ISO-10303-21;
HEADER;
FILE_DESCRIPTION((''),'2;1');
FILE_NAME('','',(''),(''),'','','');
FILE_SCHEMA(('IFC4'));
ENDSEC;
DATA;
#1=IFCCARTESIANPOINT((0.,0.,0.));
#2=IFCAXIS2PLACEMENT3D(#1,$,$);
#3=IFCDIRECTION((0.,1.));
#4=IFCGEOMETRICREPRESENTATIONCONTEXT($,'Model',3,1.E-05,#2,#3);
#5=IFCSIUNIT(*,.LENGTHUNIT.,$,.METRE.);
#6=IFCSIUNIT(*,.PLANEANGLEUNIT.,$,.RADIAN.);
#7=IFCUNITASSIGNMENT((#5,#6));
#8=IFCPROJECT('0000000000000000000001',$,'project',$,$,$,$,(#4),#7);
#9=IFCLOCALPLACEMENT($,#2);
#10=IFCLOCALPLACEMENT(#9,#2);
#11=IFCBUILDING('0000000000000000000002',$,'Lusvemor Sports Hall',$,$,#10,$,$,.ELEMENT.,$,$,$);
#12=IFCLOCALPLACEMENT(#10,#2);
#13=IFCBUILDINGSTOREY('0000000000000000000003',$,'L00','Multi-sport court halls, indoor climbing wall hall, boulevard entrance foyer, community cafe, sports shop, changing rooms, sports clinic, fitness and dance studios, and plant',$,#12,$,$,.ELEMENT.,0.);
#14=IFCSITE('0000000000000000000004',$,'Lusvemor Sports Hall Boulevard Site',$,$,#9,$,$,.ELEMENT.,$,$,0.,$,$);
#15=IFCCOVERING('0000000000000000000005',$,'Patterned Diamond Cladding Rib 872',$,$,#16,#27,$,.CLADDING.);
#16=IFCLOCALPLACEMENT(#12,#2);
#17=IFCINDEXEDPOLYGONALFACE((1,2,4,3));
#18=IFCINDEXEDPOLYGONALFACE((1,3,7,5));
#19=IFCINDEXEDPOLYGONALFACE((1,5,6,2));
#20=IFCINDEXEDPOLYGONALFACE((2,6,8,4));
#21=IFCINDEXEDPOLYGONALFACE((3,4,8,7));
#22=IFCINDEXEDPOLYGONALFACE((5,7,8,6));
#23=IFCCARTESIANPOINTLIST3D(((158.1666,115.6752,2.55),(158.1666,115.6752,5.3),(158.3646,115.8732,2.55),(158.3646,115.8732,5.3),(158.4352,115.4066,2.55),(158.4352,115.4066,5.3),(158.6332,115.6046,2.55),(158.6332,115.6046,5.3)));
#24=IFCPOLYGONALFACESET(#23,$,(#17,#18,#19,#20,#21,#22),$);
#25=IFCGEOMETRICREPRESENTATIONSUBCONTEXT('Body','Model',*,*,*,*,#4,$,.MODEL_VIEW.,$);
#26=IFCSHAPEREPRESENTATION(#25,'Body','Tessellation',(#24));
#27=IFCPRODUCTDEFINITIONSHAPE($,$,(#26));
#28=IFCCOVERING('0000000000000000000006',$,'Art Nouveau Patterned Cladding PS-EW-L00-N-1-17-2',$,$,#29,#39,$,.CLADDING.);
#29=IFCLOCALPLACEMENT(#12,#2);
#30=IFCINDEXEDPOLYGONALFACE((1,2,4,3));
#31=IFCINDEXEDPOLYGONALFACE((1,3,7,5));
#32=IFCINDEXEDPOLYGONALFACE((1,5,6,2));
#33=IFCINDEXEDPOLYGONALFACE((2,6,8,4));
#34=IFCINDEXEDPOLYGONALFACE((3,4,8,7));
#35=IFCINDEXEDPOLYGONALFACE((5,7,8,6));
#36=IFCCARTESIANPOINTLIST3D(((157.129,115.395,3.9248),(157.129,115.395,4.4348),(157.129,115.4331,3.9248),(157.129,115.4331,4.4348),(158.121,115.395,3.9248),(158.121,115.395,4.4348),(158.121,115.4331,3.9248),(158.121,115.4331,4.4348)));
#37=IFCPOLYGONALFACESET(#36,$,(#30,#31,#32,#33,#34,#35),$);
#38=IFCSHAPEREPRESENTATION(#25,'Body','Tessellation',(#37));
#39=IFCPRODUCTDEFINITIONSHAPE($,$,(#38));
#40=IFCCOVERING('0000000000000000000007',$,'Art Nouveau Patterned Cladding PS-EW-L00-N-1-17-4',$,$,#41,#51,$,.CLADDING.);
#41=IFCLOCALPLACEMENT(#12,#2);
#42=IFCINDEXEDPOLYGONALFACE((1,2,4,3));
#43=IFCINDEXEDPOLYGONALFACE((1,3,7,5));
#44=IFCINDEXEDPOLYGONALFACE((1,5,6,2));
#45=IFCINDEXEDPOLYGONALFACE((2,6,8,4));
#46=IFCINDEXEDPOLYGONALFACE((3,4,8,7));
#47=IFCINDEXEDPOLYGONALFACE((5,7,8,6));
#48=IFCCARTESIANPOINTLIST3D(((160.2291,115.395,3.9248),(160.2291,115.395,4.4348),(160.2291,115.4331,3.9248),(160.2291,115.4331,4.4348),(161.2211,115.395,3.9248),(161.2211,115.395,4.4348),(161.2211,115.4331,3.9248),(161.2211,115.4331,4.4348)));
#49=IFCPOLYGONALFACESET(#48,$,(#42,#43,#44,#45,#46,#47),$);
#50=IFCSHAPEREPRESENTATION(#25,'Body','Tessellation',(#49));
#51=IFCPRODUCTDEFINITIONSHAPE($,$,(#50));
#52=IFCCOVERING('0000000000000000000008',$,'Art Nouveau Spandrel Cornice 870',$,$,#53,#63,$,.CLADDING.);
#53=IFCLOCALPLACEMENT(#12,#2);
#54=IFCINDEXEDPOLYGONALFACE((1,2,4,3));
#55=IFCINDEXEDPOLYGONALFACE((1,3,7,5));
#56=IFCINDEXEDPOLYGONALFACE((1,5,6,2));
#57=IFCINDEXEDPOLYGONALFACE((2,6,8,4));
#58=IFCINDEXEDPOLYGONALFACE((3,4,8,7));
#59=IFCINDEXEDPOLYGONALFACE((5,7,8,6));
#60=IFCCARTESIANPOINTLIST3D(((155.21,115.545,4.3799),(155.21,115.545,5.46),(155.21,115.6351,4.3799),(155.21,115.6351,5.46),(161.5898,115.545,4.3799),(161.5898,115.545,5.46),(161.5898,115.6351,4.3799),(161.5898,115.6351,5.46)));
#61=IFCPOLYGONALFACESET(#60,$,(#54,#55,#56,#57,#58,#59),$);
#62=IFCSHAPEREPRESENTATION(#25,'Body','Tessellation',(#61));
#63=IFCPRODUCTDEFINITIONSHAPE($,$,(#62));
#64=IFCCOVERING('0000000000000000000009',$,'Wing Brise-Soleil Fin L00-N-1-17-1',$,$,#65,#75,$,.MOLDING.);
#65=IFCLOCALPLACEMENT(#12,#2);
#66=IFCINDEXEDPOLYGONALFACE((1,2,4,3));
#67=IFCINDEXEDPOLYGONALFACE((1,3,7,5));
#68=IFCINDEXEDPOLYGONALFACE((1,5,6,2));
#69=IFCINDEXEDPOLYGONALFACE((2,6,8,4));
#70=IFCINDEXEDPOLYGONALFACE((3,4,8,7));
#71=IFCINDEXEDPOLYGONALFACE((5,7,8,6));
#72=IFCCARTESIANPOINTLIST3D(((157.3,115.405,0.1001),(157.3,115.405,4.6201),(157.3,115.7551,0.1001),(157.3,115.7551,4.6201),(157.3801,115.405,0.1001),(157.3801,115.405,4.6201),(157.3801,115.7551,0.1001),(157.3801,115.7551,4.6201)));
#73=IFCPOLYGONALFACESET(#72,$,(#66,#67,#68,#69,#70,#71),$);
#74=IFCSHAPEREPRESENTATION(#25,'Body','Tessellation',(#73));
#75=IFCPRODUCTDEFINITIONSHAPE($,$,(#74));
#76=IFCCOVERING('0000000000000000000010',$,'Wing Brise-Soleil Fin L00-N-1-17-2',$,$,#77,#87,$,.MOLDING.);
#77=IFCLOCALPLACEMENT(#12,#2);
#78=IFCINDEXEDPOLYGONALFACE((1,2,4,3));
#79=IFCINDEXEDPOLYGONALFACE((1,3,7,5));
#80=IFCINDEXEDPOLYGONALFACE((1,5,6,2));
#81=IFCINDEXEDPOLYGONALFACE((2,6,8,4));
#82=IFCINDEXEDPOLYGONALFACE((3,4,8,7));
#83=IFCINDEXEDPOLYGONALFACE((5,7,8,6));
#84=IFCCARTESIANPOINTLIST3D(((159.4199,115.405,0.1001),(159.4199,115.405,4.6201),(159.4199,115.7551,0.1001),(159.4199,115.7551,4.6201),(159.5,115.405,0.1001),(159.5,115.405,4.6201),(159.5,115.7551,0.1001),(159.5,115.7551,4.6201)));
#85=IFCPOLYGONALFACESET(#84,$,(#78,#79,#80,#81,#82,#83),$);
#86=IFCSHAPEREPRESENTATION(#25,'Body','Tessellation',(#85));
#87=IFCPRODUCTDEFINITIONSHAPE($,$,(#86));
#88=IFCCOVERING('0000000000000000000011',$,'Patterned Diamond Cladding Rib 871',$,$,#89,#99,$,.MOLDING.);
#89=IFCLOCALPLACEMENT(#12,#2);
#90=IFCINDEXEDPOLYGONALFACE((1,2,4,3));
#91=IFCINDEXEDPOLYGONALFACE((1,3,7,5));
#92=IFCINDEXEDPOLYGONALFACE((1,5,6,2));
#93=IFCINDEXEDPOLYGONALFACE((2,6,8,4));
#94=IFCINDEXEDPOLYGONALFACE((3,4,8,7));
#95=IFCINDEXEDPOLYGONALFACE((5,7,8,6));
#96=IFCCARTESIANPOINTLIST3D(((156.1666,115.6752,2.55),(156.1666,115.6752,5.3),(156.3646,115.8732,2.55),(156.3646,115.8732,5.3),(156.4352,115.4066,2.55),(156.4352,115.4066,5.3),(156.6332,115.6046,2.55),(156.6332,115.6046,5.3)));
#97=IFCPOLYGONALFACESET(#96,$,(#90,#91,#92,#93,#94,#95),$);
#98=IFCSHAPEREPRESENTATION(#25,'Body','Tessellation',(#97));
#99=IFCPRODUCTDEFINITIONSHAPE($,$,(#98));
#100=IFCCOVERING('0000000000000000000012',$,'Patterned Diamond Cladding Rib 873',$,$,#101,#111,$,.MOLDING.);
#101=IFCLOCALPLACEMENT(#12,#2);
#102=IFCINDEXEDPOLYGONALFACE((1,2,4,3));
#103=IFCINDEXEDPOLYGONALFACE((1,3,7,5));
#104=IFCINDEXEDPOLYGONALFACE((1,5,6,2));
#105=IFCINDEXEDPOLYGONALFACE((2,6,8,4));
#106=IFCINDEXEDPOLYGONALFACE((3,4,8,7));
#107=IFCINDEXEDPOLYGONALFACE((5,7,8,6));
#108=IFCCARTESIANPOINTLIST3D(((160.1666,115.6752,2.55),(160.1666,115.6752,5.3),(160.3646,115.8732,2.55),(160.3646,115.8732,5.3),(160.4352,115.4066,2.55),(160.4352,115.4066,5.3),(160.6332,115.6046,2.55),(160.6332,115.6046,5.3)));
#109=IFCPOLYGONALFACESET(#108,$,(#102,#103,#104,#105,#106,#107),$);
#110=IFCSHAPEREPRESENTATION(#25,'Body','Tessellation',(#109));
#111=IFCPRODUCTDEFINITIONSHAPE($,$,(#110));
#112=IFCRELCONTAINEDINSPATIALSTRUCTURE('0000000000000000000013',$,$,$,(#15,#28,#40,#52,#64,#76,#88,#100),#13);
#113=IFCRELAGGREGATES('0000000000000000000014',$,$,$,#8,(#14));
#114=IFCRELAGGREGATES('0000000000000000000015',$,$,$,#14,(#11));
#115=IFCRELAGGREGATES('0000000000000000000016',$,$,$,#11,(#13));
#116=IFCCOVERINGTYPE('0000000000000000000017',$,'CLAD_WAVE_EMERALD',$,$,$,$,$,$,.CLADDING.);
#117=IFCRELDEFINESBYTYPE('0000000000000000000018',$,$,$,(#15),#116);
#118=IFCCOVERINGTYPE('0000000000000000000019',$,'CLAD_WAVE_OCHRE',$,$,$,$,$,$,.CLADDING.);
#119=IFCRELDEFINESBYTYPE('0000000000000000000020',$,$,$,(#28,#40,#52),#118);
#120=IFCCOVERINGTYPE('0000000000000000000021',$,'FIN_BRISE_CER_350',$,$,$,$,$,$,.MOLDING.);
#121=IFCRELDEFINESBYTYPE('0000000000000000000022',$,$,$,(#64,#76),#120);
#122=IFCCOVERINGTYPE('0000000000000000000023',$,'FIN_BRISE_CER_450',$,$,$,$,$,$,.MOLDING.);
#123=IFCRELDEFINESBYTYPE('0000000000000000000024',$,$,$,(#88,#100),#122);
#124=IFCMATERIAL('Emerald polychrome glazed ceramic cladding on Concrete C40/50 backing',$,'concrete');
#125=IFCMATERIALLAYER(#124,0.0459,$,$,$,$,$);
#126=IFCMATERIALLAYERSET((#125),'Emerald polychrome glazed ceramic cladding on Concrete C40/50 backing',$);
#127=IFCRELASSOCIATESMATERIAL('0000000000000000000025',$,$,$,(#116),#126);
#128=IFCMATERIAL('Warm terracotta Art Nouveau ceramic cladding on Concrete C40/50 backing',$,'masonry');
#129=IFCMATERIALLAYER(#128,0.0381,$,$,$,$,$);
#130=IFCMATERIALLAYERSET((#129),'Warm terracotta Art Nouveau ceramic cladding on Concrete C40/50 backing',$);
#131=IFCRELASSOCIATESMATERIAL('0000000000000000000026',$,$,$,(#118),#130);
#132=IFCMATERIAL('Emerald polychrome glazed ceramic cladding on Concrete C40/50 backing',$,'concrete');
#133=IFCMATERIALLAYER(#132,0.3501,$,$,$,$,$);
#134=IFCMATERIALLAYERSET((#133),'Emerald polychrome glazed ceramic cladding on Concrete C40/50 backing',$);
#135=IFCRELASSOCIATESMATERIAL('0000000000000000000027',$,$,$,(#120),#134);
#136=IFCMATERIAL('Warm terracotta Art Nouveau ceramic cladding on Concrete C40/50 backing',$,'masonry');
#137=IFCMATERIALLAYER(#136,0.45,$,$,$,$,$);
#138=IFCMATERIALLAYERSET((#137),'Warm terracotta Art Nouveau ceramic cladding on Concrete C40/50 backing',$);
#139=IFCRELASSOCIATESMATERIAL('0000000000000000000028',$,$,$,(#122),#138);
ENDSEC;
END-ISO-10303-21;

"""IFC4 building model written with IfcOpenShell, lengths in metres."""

from ifc_helpers import new_model, si_unit, direction, frame, origin, origin_2d, place, context, subcontext, project, spatial, rectangle, extrude, material, layer, layer_set, type_object, element, save


model = new_model("IFC4")

# Units and contexts
model_context = context("Model", 3, precision=1e-05, world=origin(), true_north=direction((0.0, 1.0)))
body_context = subcontext(model_context, "Body", "Model", "MODEL_VIEW")
ifc_project = project(units=[si_unit("LENGTHUNIT", "METRE"), si_unit("PLANEANGLEUNIT", "RADIAN")], contexts=[model_context])

# Site, building, storey
site_placement = place(None, origin())
site = spatial("IfcSite", under=ifc_project, at=site_placement, Name="Lusvemor Sports Hall Boulevard Site", CompositionType="ELEMENT", RefElevation=0.0)
building_placement = place(site_placement, origin())
building = spatial("IfcBuilding", under=site, at=building_placement, Name="Lusvemor Sports Hall", CompositionType="ELEMENT")
storey_placement = place(building_placement, origin())
storey = spatial("IfcBuildingStorey", under=building, at=storey_placement, Name="L00", Description="Multi-sport court halls, indoor climbing wall hall, boulevard entrance foyer, community cafe, sports shop, changing rooms, sports clinic, fitness and dance studios, and plant", CompositionType="ELEMENT", Elevation=0.0)

# Coverings
ifc_material_1 = material(Name="Emerald polychrome glazed ceramic cladding on Concrete C40/50 backing", Category="concrete")
ifc_layer_1 = layer(ifc_material_1, 0.0459)
ifc_layer_set_1 = layer_set([ifc_layer_1], Name="Emerald polychrome glazed ceramic cladding on Concrete C40/50 backing")
covering_type_1 = type_object("IfcCoveringType", Name="CLAD_WAVE_EMERALD", PredefinedType="CLADDING", material=ifc_layer_set_1)
covering_1_placement = place(storey_placement, frame((158.3999, 115.6399, 2.55), z_axis=(0.0, 0.0, 1.0), x_axis=(0.707107, 0.707107, 0.0)))
element("IfcCovering", 1, at=covering_1_placement, inside=storey, type_object=covering_type_1, Name="Patterned Diamond Cladding Rib 872", PredefinedType="CLADDING", context=body_context, shape_type="SweptSolid", body=[
    extrude(rectangle(XDim=0.28, YDim=0.3799, at=origin_2d()), origin(), (0.0, 0.0, 1.0), 2.75),
])
ifc_material_2 = material(Name="Warm terracotta Art Nouveau ceramic cladding on Concrete C40/50 backing", Category="masonry")
ifc_layer_2 = layer(ifc_material_2, 0.0381)
ifc_layer_set_2 = layer_set([ifc_layer_2], Name="Warm terracotta Art Nouveau ceramic cladding on Concrete C40/50 backing")
covering_type_2 = type_object("IfcCoveringType", Name="CLAD_WAVE_OCHRE", PredefinedType="CLADDING", material=ifc_layer_set_2)
for number, where, z_axis, x_axis, name in (
    (2, (157.625, 115.4141, 3.9248), (0.0, 0.0, 1.0), (1.0, 0.0, 0.0), "Art Nouveau Patterned Cladding PS-EW-L00-N-1-17-2"),
    (3, (160.7251, 115.4141, 3.9248), (0.0, 0.0, 1.0), (1.0, 0.0, 0.0), "Art Nouveau Patterned Cladding PS-EW-L00-N-1-17-4"),
):
    element("IfcCovering", number, at=place(storey_placement, frame(where, z_axis=z_axis, x_axis=x_axis)), inside=storey, type_object=covering_type_2, Name=name, PredefinedType="CLADDING", context=body_context, shape_type="SweptSolid", body=[
        extrude(rectangle(XDim=0.9919, YDim=0.0381, at=origin_2d()), origin(), (0.0, 0.0, 1.0), 0.51),
    ])
covering_2_placement = place(storey_placement, frame((158.3999, 115.5901, 4.3799), z_axis=(0.0, 0.0, 1.0), x_axis=(1.0, 0.0, 0.0)))
element("IfcCovering", 4, at=covering_2_placement, inside=storey, type_object=covering_type_2, Name="Art Nouveau Spandrel Cornice 870", PredefinedType="CLADDING", context=body_context, shape_type="SweptSolid", body=[
    extrude(rectangle(XDim=6.3799, YDim=0.0901, at=origin_2d()), origin(), (0.0, 0.0, 1.0), 1.0801),
])
ifc_material_3 = material(Name="Emerald polychrome glazed ceramic cladding on Concrete C40/50 backing", Category="concrete")
ifc_layer_3 = layer(ifc_material_3, 0.3501)
ifc_layer_set_3 = layer_set([ifc_layer_3], Name="Emerald polychrome glazed ceramic cladding on Concrete C40/50 backing")
covering_type_3 = type_object("IfcCoveringType", Name="FIN_BRISE_CER_350", PredefinedType="MOLDING", material=ifc_layer_set_3)
for number, where, z_axis, x_axis, name in (
    (5, (157.3401, 115.5801, 0.1001), (0.0, 0.0, 1.0), (1.0, 0.0, 0.0), "Wing Brise-Soleil Fin L00-N-1-17-1"),
    (6, (159.46, 115.5801, 0.1001), (0.0, 0.0, 1.0), (1.0, 0.0, 0.0), "Wing Brise-Soleil Fin L00-N-1-17-2"),
):
    element("IfcCovering", number, at=place(storey_placement, frame(where, z_axis=z_axis, x_axis=x_axis)), inside=storey, type_object=covering_type_3, Name=name, PredefinedType="MOLDING", context=body_context, shape_type="SweptSolid", body=[
        extrude(rectangle(XDim=0.0801, YDim=0.3501, at=origin_2d()), origin(), (0.0, 0.0, 1.0), 4.52),
    ])
ifc_material_4 = material(Name="Warm terracotta Art Nouveau ceramic cladding on Concrete C40/50 backing", Category="masonry")
ifc_layer_4 = layer(ifc_material_4, 0.45)
ifc_layer_set_4 = layer_set([ifc_layer_4], Name="Warm terracotta Art Nouveau ceramic cladding on Concrete C40/50 backing")
covering_type_4 = type_object("IfcCoveringType", Name="FIN_BRISE_CER_450", PredefinedType="MOLDING", material=ifc_layer_set_4)
for number, where, z_axis, x_axis, name in (
    (7, (156.3999, 115.6399, 2.55), (0.0, 0.0, 1.0), (0.707107, 0.707107, 0.0), "Patterned Diamond Cladding Rib 871"),
    (8, (160.3999, 115.6399, 2.55), (0.0, 0.0, 1.0), (0.707107, 0.707107, 0.0), "Patterned Diamond Cladding Rib 873"),
):
    element("IfcCovering", number, at=place(storey_placement, frame(where, z_axis=z_axis, x_axis=x_axis)), inside=storey, type_object=covering_type_4, Name=name, PredefinedType="MOLDING", context=body_context, shape_type="SweptSolid", body=[
        extrude(rectangle(XDim=0.28, YDim=0.3799, at=origin_2d()), origin(), (0.0, 0.0, 1.0), 2.75),
    ])

save(model, "model.ifc")
